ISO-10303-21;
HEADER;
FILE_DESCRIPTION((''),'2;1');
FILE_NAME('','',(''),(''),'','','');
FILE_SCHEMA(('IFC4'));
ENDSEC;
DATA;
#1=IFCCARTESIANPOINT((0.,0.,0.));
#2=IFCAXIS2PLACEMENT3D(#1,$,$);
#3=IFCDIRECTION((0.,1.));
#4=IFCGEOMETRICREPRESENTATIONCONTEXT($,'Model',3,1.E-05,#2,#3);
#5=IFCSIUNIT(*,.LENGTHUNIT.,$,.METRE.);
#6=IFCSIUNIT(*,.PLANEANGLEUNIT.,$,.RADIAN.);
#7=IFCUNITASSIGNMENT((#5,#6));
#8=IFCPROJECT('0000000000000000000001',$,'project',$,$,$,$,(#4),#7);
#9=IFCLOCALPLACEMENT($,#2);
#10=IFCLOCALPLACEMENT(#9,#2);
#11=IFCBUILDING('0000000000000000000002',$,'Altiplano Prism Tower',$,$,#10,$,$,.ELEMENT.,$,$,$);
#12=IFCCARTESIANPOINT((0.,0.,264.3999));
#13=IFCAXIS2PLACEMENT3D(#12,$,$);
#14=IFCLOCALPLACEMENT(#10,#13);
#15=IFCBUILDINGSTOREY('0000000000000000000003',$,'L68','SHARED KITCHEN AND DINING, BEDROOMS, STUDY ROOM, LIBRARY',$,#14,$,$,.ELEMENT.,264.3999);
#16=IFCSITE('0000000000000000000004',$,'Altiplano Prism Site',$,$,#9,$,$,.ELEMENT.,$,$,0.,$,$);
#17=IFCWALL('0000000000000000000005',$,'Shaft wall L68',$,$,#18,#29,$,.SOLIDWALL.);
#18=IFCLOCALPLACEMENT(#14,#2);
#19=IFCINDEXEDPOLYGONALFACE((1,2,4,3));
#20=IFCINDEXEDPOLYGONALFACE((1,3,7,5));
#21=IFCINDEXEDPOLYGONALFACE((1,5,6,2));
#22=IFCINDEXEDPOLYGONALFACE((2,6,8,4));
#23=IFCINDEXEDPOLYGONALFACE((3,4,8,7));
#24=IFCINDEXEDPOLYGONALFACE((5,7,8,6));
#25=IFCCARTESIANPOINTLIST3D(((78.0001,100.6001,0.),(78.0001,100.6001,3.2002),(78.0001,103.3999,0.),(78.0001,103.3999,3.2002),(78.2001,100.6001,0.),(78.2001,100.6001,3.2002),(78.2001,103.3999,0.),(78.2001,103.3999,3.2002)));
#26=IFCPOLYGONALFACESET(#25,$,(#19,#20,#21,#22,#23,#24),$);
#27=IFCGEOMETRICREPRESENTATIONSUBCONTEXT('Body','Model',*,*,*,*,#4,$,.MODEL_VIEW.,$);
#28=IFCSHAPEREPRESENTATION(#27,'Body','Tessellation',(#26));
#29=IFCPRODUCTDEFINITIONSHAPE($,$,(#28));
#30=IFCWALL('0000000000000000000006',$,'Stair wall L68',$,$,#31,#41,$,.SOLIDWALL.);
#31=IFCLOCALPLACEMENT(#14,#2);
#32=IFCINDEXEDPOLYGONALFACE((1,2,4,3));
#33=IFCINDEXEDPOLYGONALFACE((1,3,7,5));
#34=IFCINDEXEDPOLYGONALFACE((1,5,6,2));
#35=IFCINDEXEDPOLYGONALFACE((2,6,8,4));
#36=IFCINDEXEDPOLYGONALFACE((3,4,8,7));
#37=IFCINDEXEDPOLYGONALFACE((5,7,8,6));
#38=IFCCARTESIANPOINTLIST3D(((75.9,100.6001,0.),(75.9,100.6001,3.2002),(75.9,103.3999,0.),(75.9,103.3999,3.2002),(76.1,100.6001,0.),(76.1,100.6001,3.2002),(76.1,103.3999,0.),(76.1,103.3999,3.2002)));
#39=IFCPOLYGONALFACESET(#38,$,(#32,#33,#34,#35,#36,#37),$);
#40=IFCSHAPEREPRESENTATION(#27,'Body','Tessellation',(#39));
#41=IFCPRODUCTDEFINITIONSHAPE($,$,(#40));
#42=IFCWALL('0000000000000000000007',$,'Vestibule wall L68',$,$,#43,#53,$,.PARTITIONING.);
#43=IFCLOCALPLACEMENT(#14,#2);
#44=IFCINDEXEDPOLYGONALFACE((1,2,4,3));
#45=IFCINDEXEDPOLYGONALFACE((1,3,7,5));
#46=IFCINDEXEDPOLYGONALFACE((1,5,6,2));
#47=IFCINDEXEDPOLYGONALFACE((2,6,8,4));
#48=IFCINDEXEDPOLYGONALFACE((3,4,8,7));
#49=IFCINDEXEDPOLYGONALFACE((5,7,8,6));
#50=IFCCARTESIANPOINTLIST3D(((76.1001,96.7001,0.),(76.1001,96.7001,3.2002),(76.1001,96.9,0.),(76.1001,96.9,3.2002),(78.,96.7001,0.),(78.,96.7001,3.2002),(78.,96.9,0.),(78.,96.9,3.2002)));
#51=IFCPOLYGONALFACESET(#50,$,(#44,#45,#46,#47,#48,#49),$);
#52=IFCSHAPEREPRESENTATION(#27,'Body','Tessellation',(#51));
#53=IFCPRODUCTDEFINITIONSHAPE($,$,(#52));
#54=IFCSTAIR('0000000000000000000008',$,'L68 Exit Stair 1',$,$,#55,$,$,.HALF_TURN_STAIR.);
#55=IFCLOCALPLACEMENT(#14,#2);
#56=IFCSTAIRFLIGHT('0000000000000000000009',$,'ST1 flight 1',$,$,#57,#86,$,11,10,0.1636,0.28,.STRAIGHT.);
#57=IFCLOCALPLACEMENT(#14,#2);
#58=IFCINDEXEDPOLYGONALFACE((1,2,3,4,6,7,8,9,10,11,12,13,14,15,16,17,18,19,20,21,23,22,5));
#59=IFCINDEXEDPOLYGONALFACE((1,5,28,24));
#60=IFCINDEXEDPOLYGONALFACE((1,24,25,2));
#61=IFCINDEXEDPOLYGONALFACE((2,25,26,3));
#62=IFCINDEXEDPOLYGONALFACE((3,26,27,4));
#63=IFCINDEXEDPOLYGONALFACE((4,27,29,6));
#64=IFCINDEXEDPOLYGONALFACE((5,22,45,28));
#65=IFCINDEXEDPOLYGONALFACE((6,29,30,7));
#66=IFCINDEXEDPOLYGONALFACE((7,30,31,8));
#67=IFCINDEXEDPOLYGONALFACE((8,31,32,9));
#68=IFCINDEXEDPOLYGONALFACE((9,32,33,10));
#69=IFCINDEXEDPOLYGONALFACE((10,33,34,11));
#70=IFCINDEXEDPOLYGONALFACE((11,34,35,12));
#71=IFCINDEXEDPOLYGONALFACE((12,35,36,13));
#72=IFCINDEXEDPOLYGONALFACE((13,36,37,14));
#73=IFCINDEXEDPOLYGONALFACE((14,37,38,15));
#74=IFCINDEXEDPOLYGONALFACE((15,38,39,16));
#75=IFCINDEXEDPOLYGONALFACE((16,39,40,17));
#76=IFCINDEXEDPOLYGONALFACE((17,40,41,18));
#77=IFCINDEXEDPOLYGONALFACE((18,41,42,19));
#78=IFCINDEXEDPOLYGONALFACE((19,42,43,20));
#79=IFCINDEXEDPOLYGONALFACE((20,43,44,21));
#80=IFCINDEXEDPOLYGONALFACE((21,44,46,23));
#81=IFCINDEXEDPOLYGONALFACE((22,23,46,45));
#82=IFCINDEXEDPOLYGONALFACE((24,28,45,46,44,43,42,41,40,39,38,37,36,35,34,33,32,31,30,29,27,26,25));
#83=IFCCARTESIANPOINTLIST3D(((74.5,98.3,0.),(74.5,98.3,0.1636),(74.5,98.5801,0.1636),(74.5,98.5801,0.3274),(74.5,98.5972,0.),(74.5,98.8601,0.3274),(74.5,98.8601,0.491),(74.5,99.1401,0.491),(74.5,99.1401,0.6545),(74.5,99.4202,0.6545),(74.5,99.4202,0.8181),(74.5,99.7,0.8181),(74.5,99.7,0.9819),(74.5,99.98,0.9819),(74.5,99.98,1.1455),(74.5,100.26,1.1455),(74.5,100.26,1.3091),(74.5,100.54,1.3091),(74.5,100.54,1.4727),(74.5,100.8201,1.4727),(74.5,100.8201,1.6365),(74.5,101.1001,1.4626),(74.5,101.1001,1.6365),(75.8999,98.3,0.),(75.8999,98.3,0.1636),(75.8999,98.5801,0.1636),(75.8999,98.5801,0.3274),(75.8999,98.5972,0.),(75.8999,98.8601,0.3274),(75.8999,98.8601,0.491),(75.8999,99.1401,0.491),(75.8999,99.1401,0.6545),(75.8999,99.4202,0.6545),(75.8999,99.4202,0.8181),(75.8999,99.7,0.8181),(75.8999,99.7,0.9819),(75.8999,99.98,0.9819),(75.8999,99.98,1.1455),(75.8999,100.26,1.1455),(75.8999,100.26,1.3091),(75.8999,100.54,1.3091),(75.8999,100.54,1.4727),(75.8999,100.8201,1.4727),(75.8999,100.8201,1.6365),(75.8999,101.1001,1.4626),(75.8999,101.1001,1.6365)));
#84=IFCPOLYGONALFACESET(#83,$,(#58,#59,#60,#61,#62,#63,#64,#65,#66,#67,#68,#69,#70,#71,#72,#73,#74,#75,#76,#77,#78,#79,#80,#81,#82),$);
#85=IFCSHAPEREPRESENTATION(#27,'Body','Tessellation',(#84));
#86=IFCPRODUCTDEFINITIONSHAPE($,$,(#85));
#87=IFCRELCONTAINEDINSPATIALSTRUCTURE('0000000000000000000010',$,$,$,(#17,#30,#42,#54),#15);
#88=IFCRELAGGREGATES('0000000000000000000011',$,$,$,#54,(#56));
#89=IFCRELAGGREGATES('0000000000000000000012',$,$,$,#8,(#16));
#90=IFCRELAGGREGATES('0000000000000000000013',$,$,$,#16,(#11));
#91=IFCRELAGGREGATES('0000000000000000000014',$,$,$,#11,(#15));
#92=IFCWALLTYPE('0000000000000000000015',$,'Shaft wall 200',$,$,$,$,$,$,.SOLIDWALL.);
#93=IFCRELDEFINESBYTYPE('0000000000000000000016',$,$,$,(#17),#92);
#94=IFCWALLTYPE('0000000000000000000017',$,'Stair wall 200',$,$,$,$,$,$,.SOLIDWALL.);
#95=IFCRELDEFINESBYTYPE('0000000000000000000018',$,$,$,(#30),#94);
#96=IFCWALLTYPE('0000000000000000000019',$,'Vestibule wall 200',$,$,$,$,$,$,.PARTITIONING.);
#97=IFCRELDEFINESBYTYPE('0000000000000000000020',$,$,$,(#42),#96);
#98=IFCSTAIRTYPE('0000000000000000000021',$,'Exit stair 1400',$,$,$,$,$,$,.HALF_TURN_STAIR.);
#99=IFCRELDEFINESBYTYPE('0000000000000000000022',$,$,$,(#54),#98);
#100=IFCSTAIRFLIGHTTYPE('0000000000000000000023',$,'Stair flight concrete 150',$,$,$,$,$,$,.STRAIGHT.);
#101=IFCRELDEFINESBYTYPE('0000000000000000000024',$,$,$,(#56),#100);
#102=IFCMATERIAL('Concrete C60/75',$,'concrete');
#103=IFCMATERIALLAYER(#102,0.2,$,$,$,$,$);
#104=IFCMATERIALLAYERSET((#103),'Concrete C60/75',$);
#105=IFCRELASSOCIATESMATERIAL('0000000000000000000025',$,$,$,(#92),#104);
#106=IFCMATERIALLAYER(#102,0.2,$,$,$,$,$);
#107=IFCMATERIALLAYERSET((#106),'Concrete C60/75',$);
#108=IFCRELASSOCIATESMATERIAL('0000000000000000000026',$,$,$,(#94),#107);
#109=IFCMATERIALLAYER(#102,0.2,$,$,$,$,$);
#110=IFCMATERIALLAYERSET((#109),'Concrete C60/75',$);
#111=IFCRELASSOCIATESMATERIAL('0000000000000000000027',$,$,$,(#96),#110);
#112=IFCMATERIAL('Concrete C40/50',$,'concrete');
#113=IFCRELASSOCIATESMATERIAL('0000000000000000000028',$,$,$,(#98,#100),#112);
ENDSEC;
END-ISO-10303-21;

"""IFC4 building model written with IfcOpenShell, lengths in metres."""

from ifc_helpers import new_model, si_unit, direction, frame, frame_2d, origin, place, context, subcontext, project, spatial, polyline, rectangle, outline, extrude, material, layer, layer_set, type_object, element, aggregate, save


model = new_model("IFC4")

# Units and contexts
model_context = context("Model", 3, precision=1e-05, world=origin(), true_north=direction((0.0, 1.0)))
body_context = subcontext(model_context, "Body", "Model", "MODEL_VIEW")
ifc_project = project(units=[si_unit("LENGTHUNIT", "METRE"), si_unit("PLANEANGLEUNIT", "RADIAN")], contexts=[model_context])

# Site, building, storey
site_placement = place(None, origin())
site = spatial("IfcSite", under=ifc_project, at=site_placement, Name="Altiplano Prism Site", CompositionType="ELEMENT", RefElevation=0.0)
building_placement = place(site_placement, origin())
building = spatial("IfcBuilding", under=site, at=building_placement, Name="Altiplano Prism Tower", CompositionType="ELEMENT")
storey_placement = place(building_placement, frame((0.0, 0.0, 264.3999)))
storey = spatial("IfcBuildingStorey", under=building, at=storey_placement, Name="L68", Description="SHARED KITCHEN AND DINING, BEDROOMS, STUDY ROOM, LIBRARY", CompositionType="ELEMENT", Elevation=264.3999)

# Wall
ifc_material_1 = material(Name="Concrete C60/75", Category="concrete")
ifc_layer_1 = layer(ifc_material_1, 0.2)
ifc_layer_set_1 = layer_set([ifc_layer_1], Name="Concrete C60/75")
wall_type_1 = type_object("IfcWallType", Name="Shaft wall 200", PredefinedType="SOLIDWALL", material=ifc_layer_set_1)
wall_1_placement = place(storey_placement, frame((78.1001, 100.6001, 0.0), z_axis=(0.0, 0.0, 1.0), x_axis=(0.0, 1.0, 0.0)))
element("IfcWall", 1, at=wall_1_placement, inside=storey, type_object=wall_type_1, Name="Shaft wall L68", PredefinedType="SOLIDWALL", context=body_context, shape_type="SweptSolid", body=[
    extrude(rectangle(XDim=2.7998, YDim=0.2, at=frame_2d((1.3999, 0.0))), origin(), (0.0, 0.0, 1.0), 3.2002),
])

# Shared definitions
ifc_layer_2 = layer(ifc_material_1, 0.2)
ifc_layer_set_2 = layer_set([ifc_layer_2], Name="Concrete C60/75")
wall_type_2 = type_object("IfcWallType", Name="Stair wall 200", PredefinedType="SOLIDWALL", material=ifc_layer_set_2)

# Walls
wall_2_placement = place(storey_placement, frame((76.0, 100.6001, 0.0), z_axis=(0.0, 0.0, 1.0), x_axis=(0.0, 1.0, 0.0)))
element("IfcWall", 2, at=wall_2_placement, inside=storey, type_object=wall_type_2, Name="Stair wall L68", PredefinedType="SOLIDWALL", context=body_context, shape_type="SweptSolid", body=[
    extrude(rectangle(XDim=2.7998, YDim=0.2, at=frame_2d((1.3999, 0.0))), origin(), (0.0, 0.0, 1.0), 3.2002),
])
ifc_layer_3 = layer(ifc_material_1, 0.2)
ifc_layer_set_3 = layer_set([ifc_layer_3], Name="Concrete C60/75")
wall_type_3 = type_object("IfcWallType", Name="Vestibule wall 200", PredefinedType="PARTITIONING", material=ifc_layer_set_3)
wall_3_placement = place(storey_placement, frame((76.1001, 96.8, 0.0), z_axis=(0.0, 0.0, 1.0), x_axis=(1.0, 0.0, 0.0)))
element("IfcWall", 3, at=wall_3_placement, inside=storey, type_object=wall_type_3, Name="Vestibule wall L68", PredefinedType="PARTITIONING", context=body_context, shape_type="SweptSolid", body=[
    extrude(rectangle(XDim=1.8999, YDim=0.2, at=frame_2d((0.95, 0.0))), origin(), (0.0, 0.0, 1.0), 3.2002),
])

# Stair, stair flight
ifc_material_2 = material(Name="Concrete C40/50", Category="concrete")
stair_type = type_object("IfcStairType", Name="Exit stair 1400", PredefinedType="HALF_TURN_STAIR", material=ifc_material_2)
stair_placement = place(storey_placement, origin())
stair = element("IfcStair", 4, at=stair_placement, inside=storey, type_object=stair_type, Name="L68 Exit Stair 1", PredefinedType="HALF_TURN_STAIR")
stair_flight_type = type_object("IfcStairFlightType", Name="Stair flight concrete 150", PredefinedType="STRAIGHT", material=ifc_material_2)
stair_flight_placement = place(storey_placement, frame((75.2, 98.3, 0.0), z_axis=(0.0, 0.0, 1.0), x_axis=(0.0, 1.0, 0.0)))
stair_flight = element("IfcStairFlight", 5, at=stair_flight_placement, type_object=stair_flight_type, Name="ST1 flight 1", NumberOfRisers=11, NumberOfTreads=10, PredefinedType="STRAIGHT", RiserHeight=0.1636, TreadLength=0.28, context=body_context, shape_type="SweptSolid", body=[
    extrude(outline(polyline([(0.0, 0.0), (0.0, 0.1636), (0.28, 0.1636), (0.28, 0.3274), (0.5601, 0.3274), (0.5601, 0.491), (0.8401, 0.491), (0.8401, 0.6545), (1.1201, 0.6545), (1.1201, 0.8181), (1.3999, 0.8181), (1.3999, 0.9819), (1.6799, 0.9819), (1.6799, 1.1455), (1.96, 1.1455), (1.96, 1.3091), (2.24, 1.3091), (2.24, 1.4727), (2.52, 1.4727), (2.52, 1.6365), (2.8, 1.6365), (2.8, 1.8), (2.8, 1.4626), (0.2971, 0.0), (0.0, 0.0)])), frame((0.0, 0.7, 0.0), z_axis=(0.0, -1.0, 0.0), x_axis=(1.0, 0.0, 0.0)), (0.0, 0.0, 1.0), 1.3999),
])
aggregate(stair, [stair_flight])

save(model, "model.ifc")
